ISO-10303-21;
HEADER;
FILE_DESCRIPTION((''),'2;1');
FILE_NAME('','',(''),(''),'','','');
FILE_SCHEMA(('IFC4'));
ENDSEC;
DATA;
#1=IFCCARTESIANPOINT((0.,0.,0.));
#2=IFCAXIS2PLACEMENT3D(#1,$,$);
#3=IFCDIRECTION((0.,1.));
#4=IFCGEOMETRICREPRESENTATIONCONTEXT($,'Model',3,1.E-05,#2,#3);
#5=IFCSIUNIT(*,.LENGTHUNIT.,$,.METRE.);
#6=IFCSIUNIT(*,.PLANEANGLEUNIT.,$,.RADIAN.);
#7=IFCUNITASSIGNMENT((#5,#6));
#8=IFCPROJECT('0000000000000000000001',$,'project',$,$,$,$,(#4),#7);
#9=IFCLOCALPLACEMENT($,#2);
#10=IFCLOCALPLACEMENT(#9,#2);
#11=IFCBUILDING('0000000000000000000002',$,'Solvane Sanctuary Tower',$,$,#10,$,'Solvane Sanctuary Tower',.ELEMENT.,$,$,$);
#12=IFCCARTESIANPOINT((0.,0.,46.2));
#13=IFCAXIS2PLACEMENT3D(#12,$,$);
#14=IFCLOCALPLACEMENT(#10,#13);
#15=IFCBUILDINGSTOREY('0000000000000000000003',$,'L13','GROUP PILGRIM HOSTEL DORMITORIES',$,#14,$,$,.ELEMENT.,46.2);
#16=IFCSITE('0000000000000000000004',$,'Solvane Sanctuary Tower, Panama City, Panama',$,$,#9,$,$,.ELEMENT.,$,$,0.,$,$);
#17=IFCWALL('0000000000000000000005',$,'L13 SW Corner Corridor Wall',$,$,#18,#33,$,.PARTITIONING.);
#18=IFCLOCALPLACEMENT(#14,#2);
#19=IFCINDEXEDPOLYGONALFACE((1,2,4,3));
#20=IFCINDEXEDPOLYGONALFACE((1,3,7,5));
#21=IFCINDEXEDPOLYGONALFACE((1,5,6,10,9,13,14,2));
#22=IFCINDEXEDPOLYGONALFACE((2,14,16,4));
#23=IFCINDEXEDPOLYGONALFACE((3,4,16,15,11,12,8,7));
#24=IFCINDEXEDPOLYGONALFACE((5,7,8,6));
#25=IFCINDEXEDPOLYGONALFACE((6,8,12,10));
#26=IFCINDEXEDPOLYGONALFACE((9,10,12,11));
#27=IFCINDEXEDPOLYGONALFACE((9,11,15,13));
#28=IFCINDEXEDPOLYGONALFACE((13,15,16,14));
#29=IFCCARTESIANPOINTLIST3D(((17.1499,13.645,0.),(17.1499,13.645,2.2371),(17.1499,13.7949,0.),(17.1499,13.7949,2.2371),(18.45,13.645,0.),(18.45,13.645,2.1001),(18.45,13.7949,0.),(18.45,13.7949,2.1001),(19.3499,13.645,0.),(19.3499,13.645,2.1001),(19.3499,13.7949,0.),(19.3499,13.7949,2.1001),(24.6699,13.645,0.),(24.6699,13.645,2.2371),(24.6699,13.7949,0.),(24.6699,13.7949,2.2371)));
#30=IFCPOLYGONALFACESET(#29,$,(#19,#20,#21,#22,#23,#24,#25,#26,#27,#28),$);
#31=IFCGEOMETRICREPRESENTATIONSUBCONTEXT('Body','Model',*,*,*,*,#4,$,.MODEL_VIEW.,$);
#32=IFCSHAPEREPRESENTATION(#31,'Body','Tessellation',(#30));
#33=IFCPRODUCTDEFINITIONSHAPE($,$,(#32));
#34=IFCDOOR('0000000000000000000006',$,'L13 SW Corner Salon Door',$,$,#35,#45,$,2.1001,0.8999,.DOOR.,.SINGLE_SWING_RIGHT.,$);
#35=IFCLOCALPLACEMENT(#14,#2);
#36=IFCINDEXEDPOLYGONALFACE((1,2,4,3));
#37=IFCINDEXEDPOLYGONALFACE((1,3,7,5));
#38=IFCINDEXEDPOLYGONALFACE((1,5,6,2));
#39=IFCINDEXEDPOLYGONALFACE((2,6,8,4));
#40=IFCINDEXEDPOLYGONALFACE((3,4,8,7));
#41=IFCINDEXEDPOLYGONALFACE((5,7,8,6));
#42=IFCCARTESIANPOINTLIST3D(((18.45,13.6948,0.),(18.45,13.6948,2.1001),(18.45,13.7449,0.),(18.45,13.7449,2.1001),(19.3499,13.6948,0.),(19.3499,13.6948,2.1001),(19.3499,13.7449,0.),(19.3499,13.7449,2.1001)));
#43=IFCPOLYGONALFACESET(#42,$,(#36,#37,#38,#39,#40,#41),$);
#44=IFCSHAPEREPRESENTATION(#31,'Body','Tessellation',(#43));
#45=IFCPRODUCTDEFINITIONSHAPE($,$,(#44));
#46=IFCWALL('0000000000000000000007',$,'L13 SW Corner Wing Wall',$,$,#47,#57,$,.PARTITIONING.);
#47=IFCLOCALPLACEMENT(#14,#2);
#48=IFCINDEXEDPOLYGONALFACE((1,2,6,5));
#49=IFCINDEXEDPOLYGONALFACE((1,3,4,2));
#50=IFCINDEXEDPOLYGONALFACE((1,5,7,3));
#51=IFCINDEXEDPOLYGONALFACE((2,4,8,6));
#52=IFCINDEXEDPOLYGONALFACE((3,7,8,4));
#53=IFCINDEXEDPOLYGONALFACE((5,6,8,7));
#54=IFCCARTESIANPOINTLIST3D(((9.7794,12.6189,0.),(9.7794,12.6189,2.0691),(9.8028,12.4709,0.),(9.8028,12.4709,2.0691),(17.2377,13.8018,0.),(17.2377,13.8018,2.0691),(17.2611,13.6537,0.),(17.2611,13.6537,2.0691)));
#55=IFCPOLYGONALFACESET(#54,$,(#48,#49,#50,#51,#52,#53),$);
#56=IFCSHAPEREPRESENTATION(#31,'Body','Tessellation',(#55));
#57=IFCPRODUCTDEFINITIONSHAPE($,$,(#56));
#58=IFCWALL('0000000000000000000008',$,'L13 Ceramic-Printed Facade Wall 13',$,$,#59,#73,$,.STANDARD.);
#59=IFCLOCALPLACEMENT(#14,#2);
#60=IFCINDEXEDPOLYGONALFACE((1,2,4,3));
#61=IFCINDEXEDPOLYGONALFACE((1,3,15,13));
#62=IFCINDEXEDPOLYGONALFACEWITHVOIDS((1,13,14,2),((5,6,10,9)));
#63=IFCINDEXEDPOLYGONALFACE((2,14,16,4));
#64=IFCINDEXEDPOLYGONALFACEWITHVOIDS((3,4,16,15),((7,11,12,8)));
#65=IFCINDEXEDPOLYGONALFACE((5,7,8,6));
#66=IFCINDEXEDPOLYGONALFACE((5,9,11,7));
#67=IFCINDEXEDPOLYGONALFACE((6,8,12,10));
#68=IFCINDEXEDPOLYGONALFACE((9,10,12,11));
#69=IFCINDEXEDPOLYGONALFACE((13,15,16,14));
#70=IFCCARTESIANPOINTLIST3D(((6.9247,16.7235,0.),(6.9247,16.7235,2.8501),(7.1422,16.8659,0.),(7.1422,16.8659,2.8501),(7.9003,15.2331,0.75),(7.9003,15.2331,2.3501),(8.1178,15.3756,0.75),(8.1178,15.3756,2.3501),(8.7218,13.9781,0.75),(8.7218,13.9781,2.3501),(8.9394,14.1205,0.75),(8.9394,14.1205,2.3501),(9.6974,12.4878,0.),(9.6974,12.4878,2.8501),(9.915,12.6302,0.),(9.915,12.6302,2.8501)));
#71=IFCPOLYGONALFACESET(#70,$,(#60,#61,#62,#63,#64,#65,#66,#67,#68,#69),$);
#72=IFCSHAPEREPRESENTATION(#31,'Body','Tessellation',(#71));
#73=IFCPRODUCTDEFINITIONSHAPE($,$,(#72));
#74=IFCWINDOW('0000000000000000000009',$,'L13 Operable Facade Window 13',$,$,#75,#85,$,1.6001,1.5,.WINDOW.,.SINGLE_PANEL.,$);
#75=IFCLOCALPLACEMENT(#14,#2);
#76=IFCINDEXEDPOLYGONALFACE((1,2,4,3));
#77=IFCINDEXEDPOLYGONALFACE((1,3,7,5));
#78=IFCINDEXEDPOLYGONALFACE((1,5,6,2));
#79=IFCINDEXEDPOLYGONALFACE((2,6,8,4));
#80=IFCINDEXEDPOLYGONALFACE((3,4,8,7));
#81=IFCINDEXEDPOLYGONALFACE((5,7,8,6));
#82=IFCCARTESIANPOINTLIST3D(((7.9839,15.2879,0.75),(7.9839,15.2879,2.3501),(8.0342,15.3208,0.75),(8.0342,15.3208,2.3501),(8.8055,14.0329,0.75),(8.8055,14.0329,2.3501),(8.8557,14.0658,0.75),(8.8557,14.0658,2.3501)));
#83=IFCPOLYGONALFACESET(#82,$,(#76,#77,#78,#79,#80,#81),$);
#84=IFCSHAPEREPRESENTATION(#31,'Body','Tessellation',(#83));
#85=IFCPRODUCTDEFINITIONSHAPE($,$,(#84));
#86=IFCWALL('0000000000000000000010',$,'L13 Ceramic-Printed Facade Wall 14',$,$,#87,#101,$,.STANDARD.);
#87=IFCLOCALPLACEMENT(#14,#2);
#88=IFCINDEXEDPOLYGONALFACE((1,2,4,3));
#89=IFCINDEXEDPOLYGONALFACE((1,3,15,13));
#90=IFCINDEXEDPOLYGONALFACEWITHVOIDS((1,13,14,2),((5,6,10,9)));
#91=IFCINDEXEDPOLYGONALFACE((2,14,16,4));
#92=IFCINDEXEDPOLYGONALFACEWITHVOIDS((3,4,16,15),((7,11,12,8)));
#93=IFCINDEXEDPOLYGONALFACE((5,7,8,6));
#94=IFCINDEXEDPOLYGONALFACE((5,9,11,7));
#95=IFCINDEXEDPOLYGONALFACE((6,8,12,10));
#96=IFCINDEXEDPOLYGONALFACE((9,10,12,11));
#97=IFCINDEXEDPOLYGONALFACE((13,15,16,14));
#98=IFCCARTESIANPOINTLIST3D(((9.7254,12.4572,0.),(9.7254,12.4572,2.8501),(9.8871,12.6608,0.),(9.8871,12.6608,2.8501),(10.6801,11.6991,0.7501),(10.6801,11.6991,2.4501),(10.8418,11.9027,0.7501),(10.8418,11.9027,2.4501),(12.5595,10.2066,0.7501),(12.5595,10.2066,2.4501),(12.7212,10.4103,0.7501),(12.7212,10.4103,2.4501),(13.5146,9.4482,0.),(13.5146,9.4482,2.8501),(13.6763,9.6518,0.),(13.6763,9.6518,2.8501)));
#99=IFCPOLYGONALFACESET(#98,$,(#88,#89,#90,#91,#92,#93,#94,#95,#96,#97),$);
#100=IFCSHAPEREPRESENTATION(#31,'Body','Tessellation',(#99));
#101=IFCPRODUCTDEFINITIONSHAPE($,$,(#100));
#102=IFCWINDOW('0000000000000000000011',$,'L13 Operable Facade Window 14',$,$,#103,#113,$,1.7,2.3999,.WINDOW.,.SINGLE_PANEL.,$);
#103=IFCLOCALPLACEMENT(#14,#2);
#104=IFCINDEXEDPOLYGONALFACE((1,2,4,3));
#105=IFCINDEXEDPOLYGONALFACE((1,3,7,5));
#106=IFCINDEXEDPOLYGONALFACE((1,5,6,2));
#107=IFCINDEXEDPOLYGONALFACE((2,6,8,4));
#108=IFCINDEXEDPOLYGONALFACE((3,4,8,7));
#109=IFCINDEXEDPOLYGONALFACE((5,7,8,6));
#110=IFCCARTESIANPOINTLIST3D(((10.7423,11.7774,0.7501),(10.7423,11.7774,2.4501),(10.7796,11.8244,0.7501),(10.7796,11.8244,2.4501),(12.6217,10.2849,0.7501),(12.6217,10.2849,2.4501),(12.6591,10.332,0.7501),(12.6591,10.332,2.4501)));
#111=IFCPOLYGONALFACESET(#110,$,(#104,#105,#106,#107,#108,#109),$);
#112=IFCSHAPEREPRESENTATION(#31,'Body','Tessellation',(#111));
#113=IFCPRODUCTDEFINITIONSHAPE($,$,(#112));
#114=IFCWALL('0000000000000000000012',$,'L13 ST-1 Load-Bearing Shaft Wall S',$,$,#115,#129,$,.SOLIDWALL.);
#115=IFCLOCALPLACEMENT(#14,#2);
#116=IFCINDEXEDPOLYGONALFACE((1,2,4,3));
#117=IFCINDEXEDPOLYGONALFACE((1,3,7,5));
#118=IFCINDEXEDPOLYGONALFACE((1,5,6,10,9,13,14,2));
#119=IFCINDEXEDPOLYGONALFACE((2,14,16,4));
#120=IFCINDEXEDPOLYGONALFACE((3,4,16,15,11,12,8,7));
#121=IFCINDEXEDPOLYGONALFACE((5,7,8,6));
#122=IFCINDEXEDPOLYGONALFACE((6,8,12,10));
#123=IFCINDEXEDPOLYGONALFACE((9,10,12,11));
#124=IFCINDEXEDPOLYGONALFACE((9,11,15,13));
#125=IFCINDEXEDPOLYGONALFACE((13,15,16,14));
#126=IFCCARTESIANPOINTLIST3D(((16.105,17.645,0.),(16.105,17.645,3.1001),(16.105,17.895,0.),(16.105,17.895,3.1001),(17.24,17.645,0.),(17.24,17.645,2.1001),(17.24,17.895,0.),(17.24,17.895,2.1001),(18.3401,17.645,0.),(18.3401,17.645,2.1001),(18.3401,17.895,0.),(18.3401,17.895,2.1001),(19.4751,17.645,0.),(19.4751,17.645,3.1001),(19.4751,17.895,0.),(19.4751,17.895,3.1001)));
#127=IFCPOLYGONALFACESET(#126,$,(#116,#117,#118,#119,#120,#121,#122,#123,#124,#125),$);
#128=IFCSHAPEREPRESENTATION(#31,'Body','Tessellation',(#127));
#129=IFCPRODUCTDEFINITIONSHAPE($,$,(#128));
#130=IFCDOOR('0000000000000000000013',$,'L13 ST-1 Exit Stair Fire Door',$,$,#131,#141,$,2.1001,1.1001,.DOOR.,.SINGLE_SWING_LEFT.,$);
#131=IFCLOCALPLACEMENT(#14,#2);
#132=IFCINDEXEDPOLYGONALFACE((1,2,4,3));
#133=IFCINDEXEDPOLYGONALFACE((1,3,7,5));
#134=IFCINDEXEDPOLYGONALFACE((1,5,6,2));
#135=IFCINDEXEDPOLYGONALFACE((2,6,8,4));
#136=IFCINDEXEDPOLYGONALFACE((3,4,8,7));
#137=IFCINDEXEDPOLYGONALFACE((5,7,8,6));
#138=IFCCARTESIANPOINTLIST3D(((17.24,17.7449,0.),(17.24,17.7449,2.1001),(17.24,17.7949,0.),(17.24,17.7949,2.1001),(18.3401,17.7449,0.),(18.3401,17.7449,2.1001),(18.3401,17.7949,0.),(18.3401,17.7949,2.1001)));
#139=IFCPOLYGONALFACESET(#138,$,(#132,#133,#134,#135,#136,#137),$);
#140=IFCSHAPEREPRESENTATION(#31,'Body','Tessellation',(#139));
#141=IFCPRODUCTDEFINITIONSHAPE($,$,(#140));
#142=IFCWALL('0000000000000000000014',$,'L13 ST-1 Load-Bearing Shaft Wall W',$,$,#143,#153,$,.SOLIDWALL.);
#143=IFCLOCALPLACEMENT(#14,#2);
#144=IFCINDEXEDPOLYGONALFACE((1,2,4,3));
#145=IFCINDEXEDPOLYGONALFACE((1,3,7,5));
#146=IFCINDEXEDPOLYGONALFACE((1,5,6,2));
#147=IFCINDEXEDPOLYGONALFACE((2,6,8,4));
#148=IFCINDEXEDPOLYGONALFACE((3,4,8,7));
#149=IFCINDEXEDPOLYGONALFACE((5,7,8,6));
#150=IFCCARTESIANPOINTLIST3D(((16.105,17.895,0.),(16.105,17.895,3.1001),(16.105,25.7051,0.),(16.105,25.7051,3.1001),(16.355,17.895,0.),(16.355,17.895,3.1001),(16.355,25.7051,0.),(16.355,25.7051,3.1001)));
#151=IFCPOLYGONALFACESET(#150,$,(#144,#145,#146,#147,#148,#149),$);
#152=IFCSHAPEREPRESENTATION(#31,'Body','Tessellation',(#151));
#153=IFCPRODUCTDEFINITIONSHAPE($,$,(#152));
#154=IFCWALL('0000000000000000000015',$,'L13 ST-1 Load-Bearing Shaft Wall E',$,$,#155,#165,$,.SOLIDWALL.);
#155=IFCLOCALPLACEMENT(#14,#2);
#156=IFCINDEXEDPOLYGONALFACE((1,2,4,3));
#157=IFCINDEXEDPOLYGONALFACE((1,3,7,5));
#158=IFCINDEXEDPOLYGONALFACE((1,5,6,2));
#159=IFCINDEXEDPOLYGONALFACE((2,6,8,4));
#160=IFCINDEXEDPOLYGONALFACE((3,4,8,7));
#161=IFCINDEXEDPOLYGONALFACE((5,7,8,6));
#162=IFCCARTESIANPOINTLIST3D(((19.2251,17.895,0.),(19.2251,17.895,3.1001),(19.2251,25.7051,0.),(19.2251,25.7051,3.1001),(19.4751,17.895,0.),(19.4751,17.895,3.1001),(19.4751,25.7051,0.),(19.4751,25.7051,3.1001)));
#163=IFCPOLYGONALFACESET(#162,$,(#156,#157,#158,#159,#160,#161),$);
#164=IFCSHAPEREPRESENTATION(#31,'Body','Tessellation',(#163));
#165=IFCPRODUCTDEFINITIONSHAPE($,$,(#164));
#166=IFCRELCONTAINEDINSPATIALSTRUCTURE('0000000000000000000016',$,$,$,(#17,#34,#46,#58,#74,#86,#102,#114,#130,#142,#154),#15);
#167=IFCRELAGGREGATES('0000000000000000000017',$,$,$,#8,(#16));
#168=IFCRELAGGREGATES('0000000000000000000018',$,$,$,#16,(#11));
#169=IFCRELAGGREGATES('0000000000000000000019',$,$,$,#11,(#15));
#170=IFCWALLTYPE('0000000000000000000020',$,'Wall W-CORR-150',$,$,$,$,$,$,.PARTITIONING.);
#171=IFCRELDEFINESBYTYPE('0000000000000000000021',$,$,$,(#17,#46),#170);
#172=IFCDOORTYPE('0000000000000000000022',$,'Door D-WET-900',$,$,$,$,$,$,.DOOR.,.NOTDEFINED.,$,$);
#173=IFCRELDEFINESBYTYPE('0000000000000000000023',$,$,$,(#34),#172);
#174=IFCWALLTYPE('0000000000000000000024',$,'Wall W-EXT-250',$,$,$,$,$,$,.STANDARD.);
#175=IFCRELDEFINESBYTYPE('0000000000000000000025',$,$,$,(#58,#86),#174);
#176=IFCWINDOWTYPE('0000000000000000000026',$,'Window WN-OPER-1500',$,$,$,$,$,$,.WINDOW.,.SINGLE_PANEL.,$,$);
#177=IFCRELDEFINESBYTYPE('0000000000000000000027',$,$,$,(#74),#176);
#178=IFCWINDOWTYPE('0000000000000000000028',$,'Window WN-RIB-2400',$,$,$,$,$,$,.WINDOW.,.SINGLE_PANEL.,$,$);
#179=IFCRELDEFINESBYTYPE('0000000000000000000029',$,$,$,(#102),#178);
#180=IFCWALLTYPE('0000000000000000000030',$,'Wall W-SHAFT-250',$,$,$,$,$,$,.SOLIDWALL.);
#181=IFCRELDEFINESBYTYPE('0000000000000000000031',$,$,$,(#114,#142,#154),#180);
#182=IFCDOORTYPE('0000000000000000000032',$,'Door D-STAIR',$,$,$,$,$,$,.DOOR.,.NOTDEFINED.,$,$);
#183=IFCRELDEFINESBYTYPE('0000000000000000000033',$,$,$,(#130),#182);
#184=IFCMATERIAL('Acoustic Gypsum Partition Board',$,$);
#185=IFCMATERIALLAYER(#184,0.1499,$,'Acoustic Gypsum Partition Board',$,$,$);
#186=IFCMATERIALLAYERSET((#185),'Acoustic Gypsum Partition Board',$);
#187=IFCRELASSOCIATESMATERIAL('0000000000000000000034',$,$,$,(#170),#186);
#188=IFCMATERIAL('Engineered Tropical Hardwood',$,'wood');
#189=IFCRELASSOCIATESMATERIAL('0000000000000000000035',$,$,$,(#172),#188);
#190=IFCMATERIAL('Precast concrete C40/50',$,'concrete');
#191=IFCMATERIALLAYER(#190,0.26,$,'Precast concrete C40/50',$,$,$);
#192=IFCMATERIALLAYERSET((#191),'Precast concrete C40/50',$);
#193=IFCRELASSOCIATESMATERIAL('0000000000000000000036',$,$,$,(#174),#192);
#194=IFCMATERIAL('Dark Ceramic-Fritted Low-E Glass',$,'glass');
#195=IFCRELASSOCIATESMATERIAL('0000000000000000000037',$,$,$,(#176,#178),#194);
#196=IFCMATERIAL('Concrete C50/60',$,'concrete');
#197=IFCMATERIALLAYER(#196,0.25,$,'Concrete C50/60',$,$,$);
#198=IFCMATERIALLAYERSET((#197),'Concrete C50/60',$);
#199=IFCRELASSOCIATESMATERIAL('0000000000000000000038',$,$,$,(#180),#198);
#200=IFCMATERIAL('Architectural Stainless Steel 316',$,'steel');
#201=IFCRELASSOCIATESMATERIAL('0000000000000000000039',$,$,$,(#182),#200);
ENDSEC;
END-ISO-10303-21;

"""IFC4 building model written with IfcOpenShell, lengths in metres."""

from ifc_helpers import new_model, si_unit, direction, frame, frame_2d, origin, place, context, subcontext, project, spatial, rectangle, extrude, material, layer, layer_set, type_object, element, fill, save


model = new_model("IFC4")

# Units and contexts
model_context = context("Model", 3, precision=1e-05, world=origin(), true_north=direction((0.0, 1.0)))
body_context = subcontext(model_context, "Body", "Model", "MODEL_VIEW")
ifc_project = project(units=[si_unit("LENGTHUNIT", "METRE"), si_unit("PLANEANGLEUNIT", "RADIAN")], contexts=[model_context])

# Site, building, storey
site_placement = place(None, origin())
site = spatial("IfcSite", under=ifc_project, at=site_placement, Name="Solvane Sanctuary Tower, Panama City, Panama", CompositionType="ELEMENT", RefElevation=0.0)
building_placement = place(site_placement, origin())
building = spatial("IfcBuilding", under=site, at=building_placement, Name="Solvane Sanctuary Tower", LongName="Solvane Sanctuary Tower", CompositionType="ELEMENT")
storey_placement = place(building_placement, frame((0.0, 0.0, 46.2)))
storey = spatial("IfcBuildingStorey", under=building, at=storey_placement, Name="L13", Description="GROUP PILGRIM HOSTEL DORMITORIES", CompositionType="ELEMENT", Elevation=46.2)

# Shared definitions
ifc_material_1 = material(Name="Acoustic Gypsum Partition Board")
ifc_layer_1 = layer(ifc_material_1, 0.1499, Name="Acoustic Gypsum Partition Board")
ifc_layer_set_1 = layer_set([ifc_layer_1], Name="Acoustic Gypsum Partition Board")
wall_type_1 = type_object("IfcWallType", Name="Wall W-CORR-150", PredefinedType="PARTITIONING", material=ifc_layer_set_1)

# Wall, opening, door
ifc_material_2 = material(Name="Engineered Tropical Hardwood", Category="wood")
door_type_1 = type_object("IfcDoorType", Name="Door D-WET-900", OperationType="NOTDEFINED", PredefinedType="DOOR", material=ifc_material_2)
wall_1_placement = place(storey_placement, frame((17.1499, 13.72, 0.0), z_axis=(0.0, 0.0, 1.0), x_axis=(1.0, 0.0, 0.0)))
wall_1 = element("IfcWall", 1, at=wall_1_placement, inside=storey, type_object=wall_type_1, Name="L13 SW Corner Corridor Wall", PredefinedType="PARTITIONING", context=body_context, shape_type="SweptSolid", body=[
    extrude(rectangle(XDim=7.52, YDim=0.1499, at=frame_2d((3.76, 0.0))), origin(), (0.0, 0.0, 1.0), 2.2371),
])
opening_1_placement = place(wall_1_placement, frame((1.3, 0.0, 0.0)))
opening_1 = element("IfcOpeningElement", 2, at=opening_1_placement, cuts=wall_1, PredefinedType="OPENING", context=body_context, shape_type="SweptSolid", body=[
    extrude(rectangle(XDim=0.8999, YDim=2.1001, at=frame_2d((0.45, 1.05))), frame((0.0, 0.085, 0.0), z_axis=(0.0, -1.0, 0.0), x_axis=(1.0, 0.0, 0.0)), (0.0, 0.0, 1.0), 0.1699),
])
door_1_placement = place(opening_1_placement, origin())
door_1 = element("IfcDoor", 3, at=door_1_placement, inside=storey, type_object=door_type_1, Name="L13 SW Corner Salon Door", OperationType="SINGLE_SWING_RIGHT", OverallHeight=2.1001, OverallWidth=0.8999, PredefinedType="DOOR", context=body_context, shape_type="SweptSolid", body=[
    extrude(rectangle(XDim=0.8999, YDim=2.1001, at=frame_2d((0.45, 1.05))), frame((0.0, 0.0249, 0.0), z_axis=(0.0, -1.0, 0.0), x_axis=(1.0, 0.0, 0.0)), (0.0, 0.0, 1.0), 0.05),
])
fill(opening_1, door_1)

# Wall
wall_2_placement = place(storey_placement, frame((17.2495, 13.7278, 0.0), z_axis=(0.0, 0.0, 1.0), x_axis=(-0.987656, -0.15664, 0.0)))
element("IfcWall", 4, at=wall_2_placement, inside=storey, type_object=wall_type_1, Name="L13 SW Corner Wing Wall", PredefinedType="PARTITIONING", context=body_context, shape_type="SweptSolid", body=[
    extrude(rectangle(XDim=7.5515, YDim=0.1499, at=frame_2d((3.7759, 0.0))), origin(), (0.0, 0.0, 1.0), 2.0691),
])

# Walls, openings, windows
ifc_material_3 = material(Name="Precast concrete C40/50", Category="concrete")
ifc_layer_2 = layer(ifc_material_3, 0.26, Name="Precast concrete C40/50")
ifc_layer_set_2 = layer_set([ifc_layer_2], Name="Precast concrete C40/50")
wall_type_2 = type_object("IfcWallType", Name="Wall W-EXT-250", PredefinedType="STANDARD", material=ifc_layer_set_2)
wall_3_placement = place(storey_placement, frame((7.0334, 16.7947, 0.0), z_axis=(0.0, 0.0, 1.0), x_axis=(0.547703, -0.836673, 0.0)))
wall_3 = element("IfcWall", 5, at=wall_3_placement, inside=storey, type_object=wall_type_2, Name="L13 Ceramic-Printed Facade Wall 13", PredefinedType="STANDARD", context=body_context, shape_type="SweptSolid", body=[
    extrude(rectangle(XDim=5.0625, YDim=0.26, at=frame_2d((2.5312, 0.0))), origin(), (0.0, 0.0, 1.0), 2.8501),
])
opening_2_placement = place(wall_3_placement, frame((1.7812, 0.0, 0.75)))
opening_2 = element("IfcOpeningElement", 6, at=opening_2_placement, cuts=wall_3, PredefinedType="OPENING", context=body_context, shape_type="SweptSolid", body=[
    extrude(rectangle(XDim=1.5, YDim=1.6001, at=frame_2d((0.75, 0.8))), frame((0.0, 0.1399, 0.0), z_axis=(0.0, -1.0, 0.0), x_axis=(1.0, 0.0, 0.0)), (0.0, 0.0, 1.0), 0.28),
])
ifc_material_4 = material(Name="Dark Ceramic-Fritted Low-E Glass", Category="glass")
window_type_1 = type_object("IfcWindowType", Name="Window WN-OPER-1500", PartitioningType="SINGLE_PANEL", PredefinedType="WINDOW", material=ifc_material_4)
window_1_placement = place(opening_2_placement, origin())
window_1 = element("IfcWindow", 7, at=window_1_placement, inside=storey, type_object=window_type_1, Name="L13 Operable Facade Window 13", OverallHeight=1.6001, OverallWidth=1.5, PartitioningType="SINGLE_PANEL", PredefinedType="WINDOW", context=body_context, shape_type="SweptSolid", body=[
    extrude(rectangle(XDim=1.5, YDim=1.6001, at=frame_2d((0.75, 0.8))), frame((0.0, 0.03, 0.0), z_axis=(0.0, -1.0, 0.0), x_axis=(1.0, 0.0, 0.0)), (0.0, 0.0, 1.0), 0.0601),
])
fill(opening_2, window_1)
wall_4_placement = place(storey_placement, frame((9.8062, 12.5591, 0.0), z_axis=(0.0, 0.0, 1.0), x_axis=(0.783123, -0.621867, 0.0)))
wall_4 = element("IfcWall", 8, at=wall_4_placement, inside=storey, type_object=wall_type_2, Name="L13 Ceramic-Printed Facade Wall 14", PredefinedType="STANDARD", context=body_context, shape_type="SweptSolid", body=[
    extrude(rectangle(XDim=4.8386, YDim=0.26, at=frame_2d((2.4194, 0.0))), origin(), (0.0, 0.0, 1.0), 2.8501),
])
opening_3_placement = place(wall_4_placement, frame((1.2192, 0.0, 0.75)))
opening_3 = element("IfcOpeningElement", 9, at=opening_3_placement, cuts=wall_4, PredefinedType="OPENING", context=body_context, shape_type="SweptSolid", body=[
    extrude(rectangle(XDim=2.3999, YDim=1.7, at=frame_2d((1.2, 0.8501))), frame((0.0, 0.1399, 0.0), z_axis=(0.0, -1.0, 0.0), x_axis=(1.0, 0.0, 0.0)), (0.0, 0.0, 1.0), 0.28),
])
window_type_2 = type_object("IfcWindowType", Name="Window WN-RIB-2400", PartitioningType="SINGLE_PANEL", PredefinedType="WINDOW", material=ifc_material_4)
window_2_placement = place(opening_3_placement, origin())
window_2 = element("IfcWindow", 10, at=window_2_placement, inside=storey, type_object=window_type_2, Name="L13 Operable Facade Window 14", OverallHeight=1.7, OverallWidth=2.3999, PartitioningType="SINGLE_PANEL", PredefinedType="WINDOW", context=body_context, shape_type="SweptSolid", body=[
    extrude(rectangle(XDim=2.3999, YDim=1.7, at=frame_2d((1.2, 0.8501))), frame((0.0, 0.03, 0.0), z_axis=(0.0, -1.0, 0.0), x_axis=(1.0, 0.0, 0.0)), (0.0, 0.0, 1.0), 0.0601),
])
fill(opening_3, window_2)

# Wall, opening, door
ifc_material_5 = material(Name="Concrete C50/60", Category="concrete")
ifc_layer_3 = layer(ifc_material_5, 0.25, Name="Concrete C50/60")
ifc_layer_set_3 = layer_set([ifc_layer_3], Name="Concrete C50/60")
wall_type_3 = type_object("IfcWallType", Name="Wall W-SHAFT-250", PredefinedType="SOLIDWALL", material=ifc_layer_set_3)
wall_5_placement = place(storey_placement, frame((16.105, 17.77, 0.0), z_axis=(0.0, 0.0, 1.0), x_axis=(1.0, 0.0, 0.0)))
wall_5 = element("IfcWall", 11, at=wall_5_placement, inside=storey, type_object=wall_type_3, Name="L13 ST-1 Load-Bearing Shaft Wall S", PredefinedType="SOLIDWALL", context=body_context, shape_type="SweptSolid", body=[
    extrude(rectangle(XDim=3.3701, YDim=0.25, at=frame_2d((1.6851, 0.0))), origin(), (0.0, 0.0, 1.0), 3.1001),
])
opening_4_placement = place(wall_5_placement, frame((1.135, 0.0, 0.0)))
opening_4 = element("IfcOpeningElement", 12, at=opening_4_placement, cuts=wall_5, PredefinedType="OPENING", context=body_context, shape_type="SweptSolid", body=[
    extrude(rectangle(XDim=1.1001, YDim=2.1001, at=frame_2d((0.55, 1.05))), frame((0.0, 0.135, 0.0), z_axis=(0.0, -1.0, 0.0), x_axis=(1.0, 0.0, 0.0)), (0.0, 0.0, 1.0), 0.27),
])
ifc_material_6 = material(Name="Architectural Stainless Steel 316", Category="steel")
door_type_2 = type_object("IfcDoorType", Name="Door D-STAIR", OperationType="NOTDEFINED", PredefinedType="DOOR", material=ifc_material_6)
door_2_placement = place(opening_4_placement, origin())
door_2 = element("IfcDoor", 13, at=door_2_placement, inside=storey, type_object=door_type_2, Name="L13 ST-1 Exit Stair Fire Door", OperationType="SINGLE_SWING_LEFT", OverallHeight=2.1001, OverallWidth=1.1001, PredefinedType="DOOR", context=body_context, shape_type="SweptSolid", body=[
    extrude(rectangle(XDim=1.1001, YDim=2.1001, at=frame_2d((0.55, 1.05))), frame((0.0, 0.0249, 0.0), z_axis=(0.0, -1.0, 0.0), x_axis=(1.0, 0.0, 0.0)), (0.0, 0.0, 1.0), 0.05),
])
fill(opening_4, door_2)

# Walls
for number, where, z_axis, x_axis, name in (
    (14, (16.23, 17.895, 0.0), (0.0, 0.0, 1.0), (0.0, 1.0, 0.0), "L13 ST-1 Load-Bearing Shaft Wall W"),
    (15, (19.3501, 17.895, 0.0), (0.0, 0.0, 1.0), (0.0, 1.0, 0.0), "L13 ST-1 Load-Bearing Shaft Wall E"),
):
    element("IfcWall", number, at=place(storey_placement, frame(where, z_axis=z_axis, x_axis=x_axis)), inside=storey, type_object=wall_type_3, Name=name, PredefinedType="SOLIDWALL", context=body_context, shape_type="SweptSolid", body=[
        extrude(rectangle(XDim=7.8101, YDim=0.25, at=frame_2d((3.905, 0.0))), origin(), (0.0, 0.0, 1.0), 3.1001),
    ])

save(model, "model.ifc")
